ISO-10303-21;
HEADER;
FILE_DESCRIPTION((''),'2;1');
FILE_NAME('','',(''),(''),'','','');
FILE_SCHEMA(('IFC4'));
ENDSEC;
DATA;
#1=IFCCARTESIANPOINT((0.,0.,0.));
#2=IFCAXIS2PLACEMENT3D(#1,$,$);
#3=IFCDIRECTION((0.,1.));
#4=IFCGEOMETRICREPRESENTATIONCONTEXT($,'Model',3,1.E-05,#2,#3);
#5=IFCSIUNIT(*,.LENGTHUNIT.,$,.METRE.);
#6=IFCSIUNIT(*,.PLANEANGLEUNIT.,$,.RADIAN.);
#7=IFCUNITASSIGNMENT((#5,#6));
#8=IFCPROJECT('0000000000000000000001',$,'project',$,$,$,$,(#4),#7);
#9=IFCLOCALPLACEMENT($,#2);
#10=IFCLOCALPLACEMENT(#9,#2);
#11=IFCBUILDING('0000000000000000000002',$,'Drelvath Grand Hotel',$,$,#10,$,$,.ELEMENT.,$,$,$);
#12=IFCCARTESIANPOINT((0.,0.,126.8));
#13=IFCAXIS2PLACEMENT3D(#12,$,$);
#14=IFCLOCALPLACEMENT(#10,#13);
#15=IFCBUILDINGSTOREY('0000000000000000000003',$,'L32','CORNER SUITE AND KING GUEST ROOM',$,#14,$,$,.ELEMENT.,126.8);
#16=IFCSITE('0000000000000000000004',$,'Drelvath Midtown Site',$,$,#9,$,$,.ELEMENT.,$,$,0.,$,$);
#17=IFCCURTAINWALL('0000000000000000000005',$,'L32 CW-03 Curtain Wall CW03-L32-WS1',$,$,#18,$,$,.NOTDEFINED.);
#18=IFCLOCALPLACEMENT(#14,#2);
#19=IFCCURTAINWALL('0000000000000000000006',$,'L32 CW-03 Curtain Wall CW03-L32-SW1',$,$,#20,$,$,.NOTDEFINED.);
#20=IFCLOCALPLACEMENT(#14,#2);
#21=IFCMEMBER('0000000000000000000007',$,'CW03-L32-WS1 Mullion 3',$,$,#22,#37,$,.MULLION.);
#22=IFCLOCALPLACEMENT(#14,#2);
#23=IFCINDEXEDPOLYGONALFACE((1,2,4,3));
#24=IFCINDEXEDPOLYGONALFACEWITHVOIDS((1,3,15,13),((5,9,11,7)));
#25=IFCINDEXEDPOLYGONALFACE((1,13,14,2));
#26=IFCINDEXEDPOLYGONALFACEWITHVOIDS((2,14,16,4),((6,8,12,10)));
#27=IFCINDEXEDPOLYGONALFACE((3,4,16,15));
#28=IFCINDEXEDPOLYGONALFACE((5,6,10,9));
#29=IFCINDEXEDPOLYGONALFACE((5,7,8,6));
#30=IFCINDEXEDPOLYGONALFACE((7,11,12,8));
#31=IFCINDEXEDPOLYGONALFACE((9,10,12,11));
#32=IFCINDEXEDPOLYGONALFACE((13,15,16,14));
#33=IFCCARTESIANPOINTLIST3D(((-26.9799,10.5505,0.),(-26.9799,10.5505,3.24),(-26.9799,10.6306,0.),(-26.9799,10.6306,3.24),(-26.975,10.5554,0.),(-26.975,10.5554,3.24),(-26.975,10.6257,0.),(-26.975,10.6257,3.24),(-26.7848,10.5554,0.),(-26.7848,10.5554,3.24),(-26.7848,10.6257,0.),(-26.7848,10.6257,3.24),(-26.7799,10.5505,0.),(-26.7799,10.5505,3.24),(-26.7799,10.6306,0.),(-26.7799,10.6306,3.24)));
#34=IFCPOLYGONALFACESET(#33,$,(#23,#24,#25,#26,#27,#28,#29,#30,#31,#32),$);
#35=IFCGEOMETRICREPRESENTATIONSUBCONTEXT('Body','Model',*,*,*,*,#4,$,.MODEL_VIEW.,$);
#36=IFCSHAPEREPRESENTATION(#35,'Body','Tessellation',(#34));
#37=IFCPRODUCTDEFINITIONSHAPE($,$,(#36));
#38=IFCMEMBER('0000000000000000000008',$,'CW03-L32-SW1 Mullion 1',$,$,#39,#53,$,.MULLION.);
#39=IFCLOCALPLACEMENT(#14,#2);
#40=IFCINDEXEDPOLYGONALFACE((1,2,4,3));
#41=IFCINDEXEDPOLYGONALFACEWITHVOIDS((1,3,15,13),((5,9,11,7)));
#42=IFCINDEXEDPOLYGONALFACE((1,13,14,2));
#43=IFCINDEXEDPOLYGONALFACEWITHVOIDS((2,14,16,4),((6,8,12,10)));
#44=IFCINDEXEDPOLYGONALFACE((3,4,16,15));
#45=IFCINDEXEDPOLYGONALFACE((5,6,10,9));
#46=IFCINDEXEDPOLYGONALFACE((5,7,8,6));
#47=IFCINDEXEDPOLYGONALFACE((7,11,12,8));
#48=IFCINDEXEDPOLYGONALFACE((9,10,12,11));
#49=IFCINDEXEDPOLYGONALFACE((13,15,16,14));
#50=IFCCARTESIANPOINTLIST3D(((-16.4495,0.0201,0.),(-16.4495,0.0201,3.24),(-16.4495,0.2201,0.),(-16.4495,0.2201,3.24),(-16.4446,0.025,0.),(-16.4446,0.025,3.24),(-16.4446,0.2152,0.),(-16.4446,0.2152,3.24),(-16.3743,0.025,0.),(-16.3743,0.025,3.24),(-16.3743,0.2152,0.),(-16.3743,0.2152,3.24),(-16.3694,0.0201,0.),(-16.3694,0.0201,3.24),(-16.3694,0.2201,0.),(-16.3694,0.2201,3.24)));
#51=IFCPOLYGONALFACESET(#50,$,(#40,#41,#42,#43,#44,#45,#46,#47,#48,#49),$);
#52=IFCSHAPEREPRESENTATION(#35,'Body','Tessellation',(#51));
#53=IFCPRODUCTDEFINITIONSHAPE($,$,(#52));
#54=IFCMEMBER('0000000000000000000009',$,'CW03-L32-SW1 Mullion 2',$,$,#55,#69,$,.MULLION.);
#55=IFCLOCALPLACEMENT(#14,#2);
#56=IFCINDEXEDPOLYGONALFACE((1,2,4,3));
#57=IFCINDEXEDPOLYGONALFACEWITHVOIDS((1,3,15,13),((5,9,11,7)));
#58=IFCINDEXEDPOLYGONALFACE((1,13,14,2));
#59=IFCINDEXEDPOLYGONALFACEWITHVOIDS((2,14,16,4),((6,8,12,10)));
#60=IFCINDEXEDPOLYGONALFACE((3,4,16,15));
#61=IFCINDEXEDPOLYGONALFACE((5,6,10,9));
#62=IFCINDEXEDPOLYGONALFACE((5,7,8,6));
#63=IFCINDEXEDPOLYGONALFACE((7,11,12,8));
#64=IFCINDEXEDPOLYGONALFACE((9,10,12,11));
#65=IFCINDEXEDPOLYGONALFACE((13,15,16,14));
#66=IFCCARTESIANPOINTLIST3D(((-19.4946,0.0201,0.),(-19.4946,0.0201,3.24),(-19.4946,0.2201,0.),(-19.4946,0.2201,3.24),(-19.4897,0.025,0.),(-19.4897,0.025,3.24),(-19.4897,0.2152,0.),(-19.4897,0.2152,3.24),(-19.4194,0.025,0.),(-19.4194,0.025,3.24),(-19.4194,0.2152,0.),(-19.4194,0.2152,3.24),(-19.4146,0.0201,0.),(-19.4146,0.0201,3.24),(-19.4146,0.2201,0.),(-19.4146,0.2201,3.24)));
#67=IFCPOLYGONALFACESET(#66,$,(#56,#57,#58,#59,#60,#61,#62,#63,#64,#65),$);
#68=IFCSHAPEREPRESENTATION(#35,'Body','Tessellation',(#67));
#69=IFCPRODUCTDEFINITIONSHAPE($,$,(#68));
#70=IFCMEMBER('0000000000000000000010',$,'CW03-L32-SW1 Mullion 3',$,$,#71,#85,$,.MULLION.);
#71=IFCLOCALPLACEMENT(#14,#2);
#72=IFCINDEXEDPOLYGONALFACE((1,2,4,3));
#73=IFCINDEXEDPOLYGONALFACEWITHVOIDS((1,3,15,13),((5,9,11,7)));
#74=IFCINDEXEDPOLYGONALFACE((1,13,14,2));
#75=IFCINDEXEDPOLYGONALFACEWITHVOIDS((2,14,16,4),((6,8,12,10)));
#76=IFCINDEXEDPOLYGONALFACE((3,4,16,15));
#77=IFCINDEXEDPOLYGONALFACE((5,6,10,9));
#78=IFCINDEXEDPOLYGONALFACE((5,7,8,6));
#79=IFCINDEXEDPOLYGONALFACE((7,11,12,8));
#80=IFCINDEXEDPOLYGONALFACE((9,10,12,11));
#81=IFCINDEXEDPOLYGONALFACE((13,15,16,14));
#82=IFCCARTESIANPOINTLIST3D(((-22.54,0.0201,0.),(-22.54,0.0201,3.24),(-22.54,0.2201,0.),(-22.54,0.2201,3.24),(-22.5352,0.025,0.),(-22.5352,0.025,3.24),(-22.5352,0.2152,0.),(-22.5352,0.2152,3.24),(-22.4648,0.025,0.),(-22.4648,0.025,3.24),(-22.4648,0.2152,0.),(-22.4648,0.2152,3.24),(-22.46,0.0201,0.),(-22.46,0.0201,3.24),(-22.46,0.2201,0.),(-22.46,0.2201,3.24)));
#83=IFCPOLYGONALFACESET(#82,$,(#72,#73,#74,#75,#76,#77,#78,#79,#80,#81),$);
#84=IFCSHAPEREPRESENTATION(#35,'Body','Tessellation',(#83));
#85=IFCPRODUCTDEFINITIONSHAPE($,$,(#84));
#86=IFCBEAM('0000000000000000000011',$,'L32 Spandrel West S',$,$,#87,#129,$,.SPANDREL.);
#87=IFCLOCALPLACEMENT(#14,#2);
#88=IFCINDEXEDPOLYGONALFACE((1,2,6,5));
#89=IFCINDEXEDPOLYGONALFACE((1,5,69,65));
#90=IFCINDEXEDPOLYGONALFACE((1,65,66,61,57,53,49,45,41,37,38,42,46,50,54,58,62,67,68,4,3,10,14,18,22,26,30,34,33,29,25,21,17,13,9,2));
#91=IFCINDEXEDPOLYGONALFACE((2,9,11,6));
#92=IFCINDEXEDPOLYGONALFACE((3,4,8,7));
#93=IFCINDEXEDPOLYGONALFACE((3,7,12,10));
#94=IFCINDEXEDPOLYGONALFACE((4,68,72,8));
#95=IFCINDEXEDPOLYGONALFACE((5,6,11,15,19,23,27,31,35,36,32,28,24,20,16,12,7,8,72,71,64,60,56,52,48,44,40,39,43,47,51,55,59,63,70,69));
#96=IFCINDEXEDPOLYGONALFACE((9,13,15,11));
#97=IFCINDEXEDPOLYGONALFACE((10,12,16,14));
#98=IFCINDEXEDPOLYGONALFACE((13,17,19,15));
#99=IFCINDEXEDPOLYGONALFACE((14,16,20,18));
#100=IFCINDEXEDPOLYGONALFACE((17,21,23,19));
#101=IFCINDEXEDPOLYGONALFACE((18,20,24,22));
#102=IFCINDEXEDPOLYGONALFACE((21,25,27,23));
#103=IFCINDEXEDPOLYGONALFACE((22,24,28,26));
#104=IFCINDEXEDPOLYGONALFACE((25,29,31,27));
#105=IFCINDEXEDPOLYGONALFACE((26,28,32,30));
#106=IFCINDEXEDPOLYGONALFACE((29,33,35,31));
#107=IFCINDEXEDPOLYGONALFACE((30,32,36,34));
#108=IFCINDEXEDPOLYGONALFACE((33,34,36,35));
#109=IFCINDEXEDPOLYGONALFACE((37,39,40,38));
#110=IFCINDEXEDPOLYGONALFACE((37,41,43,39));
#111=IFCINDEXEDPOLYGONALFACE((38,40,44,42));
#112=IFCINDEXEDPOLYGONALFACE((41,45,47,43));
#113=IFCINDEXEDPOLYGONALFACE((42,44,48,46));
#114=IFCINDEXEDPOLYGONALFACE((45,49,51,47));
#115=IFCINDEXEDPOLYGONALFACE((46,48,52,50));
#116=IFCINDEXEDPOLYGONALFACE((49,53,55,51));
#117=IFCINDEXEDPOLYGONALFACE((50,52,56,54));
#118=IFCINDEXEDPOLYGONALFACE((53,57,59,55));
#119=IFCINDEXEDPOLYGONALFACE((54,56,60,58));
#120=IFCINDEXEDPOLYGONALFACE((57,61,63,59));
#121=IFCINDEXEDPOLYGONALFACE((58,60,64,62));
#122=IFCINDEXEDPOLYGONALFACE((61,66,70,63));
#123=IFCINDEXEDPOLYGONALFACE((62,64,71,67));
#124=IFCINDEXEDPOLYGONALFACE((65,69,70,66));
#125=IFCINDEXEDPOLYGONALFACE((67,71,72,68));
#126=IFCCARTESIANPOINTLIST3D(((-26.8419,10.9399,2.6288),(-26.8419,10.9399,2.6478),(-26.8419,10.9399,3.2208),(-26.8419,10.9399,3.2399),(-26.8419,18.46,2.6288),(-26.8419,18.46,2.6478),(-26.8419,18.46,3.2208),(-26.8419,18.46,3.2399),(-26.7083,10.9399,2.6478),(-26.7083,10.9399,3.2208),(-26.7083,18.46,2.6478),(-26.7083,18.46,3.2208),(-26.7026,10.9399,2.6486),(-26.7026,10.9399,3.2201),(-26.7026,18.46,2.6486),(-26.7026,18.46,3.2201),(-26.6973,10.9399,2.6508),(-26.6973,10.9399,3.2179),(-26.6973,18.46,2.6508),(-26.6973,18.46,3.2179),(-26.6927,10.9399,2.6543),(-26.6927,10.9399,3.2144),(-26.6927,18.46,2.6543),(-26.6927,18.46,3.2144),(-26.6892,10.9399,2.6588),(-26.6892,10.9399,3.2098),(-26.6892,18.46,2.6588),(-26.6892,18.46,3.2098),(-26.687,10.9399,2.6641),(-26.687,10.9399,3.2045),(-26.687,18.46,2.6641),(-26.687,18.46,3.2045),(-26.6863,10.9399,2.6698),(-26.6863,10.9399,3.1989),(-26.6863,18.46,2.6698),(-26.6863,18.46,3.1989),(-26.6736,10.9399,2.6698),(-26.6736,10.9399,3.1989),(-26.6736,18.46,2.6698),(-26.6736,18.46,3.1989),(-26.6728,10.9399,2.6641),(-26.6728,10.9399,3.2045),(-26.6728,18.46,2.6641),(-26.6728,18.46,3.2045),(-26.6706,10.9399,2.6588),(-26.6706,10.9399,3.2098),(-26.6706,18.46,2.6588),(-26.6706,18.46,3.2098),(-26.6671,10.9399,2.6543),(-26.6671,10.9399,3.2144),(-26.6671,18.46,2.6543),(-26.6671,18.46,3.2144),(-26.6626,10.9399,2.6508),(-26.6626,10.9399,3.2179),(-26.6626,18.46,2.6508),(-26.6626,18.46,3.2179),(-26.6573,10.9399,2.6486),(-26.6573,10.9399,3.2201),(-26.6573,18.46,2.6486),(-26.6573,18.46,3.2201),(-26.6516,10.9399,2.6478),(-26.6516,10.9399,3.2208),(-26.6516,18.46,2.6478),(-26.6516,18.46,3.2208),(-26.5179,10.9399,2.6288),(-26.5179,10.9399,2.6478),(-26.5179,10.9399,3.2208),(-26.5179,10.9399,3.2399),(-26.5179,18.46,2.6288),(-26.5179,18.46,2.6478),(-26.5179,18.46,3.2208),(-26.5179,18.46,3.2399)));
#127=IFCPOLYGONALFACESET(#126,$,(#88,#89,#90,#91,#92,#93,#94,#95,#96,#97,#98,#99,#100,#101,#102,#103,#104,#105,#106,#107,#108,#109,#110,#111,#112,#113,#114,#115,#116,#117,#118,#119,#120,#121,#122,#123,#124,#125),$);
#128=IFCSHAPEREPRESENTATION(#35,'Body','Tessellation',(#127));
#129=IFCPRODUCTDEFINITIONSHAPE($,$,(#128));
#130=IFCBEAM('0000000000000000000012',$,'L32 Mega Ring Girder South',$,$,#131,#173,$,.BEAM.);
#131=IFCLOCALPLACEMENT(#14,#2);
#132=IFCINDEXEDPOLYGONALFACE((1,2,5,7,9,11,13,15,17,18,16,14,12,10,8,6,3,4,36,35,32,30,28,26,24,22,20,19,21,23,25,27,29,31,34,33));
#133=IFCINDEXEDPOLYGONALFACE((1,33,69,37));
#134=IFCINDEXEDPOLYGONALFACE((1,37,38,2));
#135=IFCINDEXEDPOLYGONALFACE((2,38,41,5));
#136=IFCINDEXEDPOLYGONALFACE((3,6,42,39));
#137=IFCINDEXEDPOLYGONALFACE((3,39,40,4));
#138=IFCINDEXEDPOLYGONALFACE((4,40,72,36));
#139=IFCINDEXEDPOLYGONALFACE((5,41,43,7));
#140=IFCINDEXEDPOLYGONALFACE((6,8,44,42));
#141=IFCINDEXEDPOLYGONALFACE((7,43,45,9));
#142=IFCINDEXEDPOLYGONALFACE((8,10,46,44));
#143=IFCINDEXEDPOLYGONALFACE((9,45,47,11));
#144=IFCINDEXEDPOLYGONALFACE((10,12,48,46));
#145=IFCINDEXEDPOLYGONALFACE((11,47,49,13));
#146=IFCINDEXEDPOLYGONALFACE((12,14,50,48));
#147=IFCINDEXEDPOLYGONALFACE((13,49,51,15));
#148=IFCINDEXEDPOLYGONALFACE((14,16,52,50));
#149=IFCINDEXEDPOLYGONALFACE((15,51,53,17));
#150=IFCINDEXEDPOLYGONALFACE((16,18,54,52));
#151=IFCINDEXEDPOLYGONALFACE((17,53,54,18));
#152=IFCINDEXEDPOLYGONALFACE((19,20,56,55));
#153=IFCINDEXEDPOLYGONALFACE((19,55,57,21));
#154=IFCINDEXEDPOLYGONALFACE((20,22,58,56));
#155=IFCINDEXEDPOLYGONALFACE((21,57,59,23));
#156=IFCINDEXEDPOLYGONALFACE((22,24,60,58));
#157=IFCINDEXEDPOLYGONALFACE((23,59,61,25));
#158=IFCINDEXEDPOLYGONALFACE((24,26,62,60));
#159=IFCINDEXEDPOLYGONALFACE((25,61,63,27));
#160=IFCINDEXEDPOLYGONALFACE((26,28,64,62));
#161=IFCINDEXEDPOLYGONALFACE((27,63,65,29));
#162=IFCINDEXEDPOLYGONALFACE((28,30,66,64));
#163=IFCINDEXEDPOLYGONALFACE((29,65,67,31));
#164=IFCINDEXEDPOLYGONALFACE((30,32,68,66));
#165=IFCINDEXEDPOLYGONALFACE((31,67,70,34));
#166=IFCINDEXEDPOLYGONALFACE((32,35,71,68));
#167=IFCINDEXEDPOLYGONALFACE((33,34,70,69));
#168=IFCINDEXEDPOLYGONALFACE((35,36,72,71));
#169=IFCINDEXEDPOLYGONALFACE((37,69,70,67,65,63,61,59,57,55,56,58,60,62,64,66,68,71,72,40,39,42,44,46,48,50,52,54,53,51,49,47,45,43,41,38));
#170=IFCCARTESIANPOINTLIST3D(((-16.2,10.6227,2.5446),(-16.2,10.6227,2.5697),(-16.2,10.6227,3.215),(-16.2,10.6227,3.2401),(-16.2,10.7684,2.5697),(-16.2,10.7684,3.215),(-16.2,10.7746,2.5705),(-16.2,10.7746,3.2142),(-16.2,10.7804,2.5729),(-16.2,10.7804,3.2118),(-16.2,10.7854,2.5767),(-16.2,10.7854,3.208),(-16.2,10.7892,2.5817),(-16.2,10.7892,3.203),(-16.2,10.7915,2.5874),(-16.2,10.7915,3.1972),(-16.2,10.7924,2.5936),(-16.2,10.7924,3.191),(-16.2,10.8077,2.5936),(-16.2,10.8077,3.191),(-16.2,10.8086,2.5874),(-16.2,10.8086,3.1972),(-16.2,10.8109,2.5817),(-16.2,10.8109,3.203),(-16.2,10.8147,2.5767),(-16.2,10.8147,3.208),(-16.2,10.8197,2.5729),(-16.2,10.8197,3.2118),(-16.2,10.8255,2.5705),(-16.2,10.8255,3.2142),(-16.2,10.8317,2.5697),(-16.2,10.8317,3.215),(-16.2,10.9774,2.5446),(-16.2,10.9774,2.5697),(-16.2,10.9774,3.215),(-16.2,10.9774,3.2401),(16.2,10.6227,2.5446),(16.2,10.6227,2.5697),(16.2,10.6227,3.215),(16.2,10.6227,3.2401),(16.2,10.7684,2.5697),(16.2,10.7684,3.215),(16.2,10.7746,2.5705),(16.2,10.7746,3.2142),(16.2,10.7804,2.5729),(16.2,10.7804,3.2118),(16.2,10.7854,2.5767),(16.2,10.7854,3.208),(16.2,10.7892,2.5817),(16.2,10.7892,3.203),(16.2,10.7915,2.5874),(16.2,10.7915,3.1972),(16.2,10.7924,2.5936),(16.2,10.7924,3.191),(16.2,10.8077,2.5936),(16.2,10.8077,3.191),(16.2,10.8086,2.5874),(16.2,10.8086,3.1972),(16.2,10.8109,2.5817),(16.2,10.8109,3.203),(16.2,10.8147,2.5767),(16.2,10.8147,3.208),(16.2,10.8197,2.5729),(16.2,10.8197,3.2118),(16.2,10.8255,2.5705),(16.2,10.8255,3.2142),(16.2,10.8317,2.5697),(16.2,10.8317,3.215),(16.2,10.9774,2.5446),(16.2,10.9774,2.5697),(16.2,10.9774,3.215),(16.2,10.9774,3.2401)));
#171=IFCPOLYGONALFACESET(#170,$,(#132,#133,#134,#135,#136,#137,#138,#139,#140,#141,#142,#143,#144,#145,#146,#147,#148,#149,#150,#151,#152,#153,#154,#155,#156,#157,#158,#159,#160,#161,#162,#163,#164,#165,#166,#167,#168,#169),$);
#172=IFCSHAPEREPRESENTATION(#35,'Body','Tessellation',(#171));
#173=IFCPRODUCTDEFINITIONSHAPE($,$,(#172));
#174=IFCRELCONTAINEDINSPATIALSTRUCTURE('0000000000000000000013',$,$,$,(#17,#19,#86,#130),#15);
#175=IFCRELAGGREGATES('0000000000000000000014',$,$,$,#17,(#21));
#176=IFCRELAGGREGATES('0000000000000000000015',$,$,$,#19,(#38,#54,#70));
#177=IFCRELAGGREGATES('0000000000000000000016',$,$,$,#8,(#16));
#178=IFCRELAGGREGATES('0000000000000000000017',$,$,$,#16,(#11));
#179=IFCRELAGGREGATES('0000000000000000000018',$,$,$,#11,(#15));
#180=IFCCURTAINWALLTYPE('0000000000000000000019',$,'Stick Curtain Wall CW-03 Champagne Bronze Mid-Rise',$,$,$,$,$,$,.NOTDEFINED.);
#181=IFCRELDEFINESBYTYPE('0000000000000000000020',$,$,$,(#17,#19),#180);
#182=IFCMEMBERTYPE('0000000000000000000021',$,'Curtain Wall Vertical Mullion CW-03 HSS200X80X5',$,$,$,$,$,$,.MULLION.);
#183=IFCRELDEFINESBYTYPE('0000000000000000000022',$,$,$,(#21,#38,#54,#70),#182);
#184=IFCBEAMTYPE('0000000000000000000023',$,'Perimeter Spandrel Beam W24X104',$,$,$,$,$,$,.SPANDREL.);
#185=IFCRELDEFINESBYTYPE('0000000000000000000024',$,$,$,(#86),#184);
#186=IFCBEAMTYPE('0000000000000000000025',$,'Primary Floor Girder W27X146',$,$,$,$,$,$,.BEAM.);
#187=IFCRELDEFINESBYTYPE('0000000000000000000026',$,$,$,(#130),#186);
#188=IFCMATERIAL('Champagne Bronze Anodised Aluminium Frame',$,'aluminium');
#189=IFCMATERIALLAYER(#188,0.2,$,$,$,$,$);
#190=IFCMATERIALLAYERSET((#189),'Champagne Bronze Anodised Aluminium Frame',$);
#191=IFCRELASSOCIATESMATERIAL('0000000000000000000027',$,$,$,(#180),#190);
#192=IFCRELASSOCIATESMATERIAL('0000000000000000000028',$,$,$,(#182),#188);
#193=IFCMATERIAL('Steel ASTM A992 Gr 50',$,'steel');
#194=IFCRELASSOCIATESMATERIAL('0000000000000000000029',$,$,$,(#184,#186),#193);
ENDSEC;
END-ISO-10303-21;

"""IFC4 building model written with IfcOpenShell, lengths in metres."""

from ifc_helpers import new_model, si_unit, direction, frame, origin, origin_2d, place, context, subcontext, project, spatial, hollow_rectangle, i_section, extrude, material, layer, layer_set, material_profile, profile_set, type_object, element, aggregate, save


model = new_model("IFC4")

# Units and contexts
model_context = context("Model", 3, precision=1e-05, world=origin(), true_north=direction((0.0, 1.0)))
body_context = subcontext(model_context, "Body", "Model", "MODEL_VIEW")
ifc_project = project(units=[si_unit("LENGTHUNIT", "METRE"), si_unit("PLANEANGLEUNIT", "RADIAN")], contexts=[model_context])

# Site, building, storey
site_placement = place(None, origin())
site = spatial("IfcSite", under=ifc_project, at=site_placement, Name="Drelvath Midtown Site", CompositionType="ELEMENT", RefElevation=0.0)
building_placement = place(site_placement, origin())
building = spatial("IfcBuilding", under=site, at=building_placement, Name="Drelvath Grand Hotel", CompositionType="ELEMENT")
storey_placement = place(building_placement, frame((0.0, 0.0, 126.8)))
storey = spatial("IfcBuildingStorey", under=building, at=storey_placement, Name="L32", Description="CORNER SUITE AND KING GUEST ROOM", CompositionType="ELEMENT", Elevation=126.8)

# Curtain walls
ifc_material_1 = material(Name="Champagne Bronze Anodised Aluminium Frame", Category="aluminium")
ifc_layer_1 = layer(ifc_material_1, 0.2)
ifc_layer_set_1 = layer_set([ifc_layer_1], Name="Champagne Bronze Anodised Aluminium Frame")
curtain_wall_type = type_object("IfcCurtainWallType", Name="Stick Curtain Wall CW-03 Champagne Bronze Mid-Rise", PredefinedType="NOTDEFINED", material=ifc_layer_set_1)
curtain_wall_1_placement = place(storey_placement, origin())
curtain_wall_1 = element("IfcCurtainWall", 1, at=curtain_wall_1_placement, inside=storey, type_object=curtain_wall_type, Name="L32 CW-03 Curtain Wall CW03-L32-WS1", PredefinedType="NOTDEFINED")
curtain_wall_2_placement = place(storey_placement, origin())
curtain_wall_2 = element("IfcCurtainWall", 2, at=curtain_wall_2_placement, inside=storey, type_object=curtain_wall_type, Name="L32 CW-03 Curtain Wall CW03-L32-SW1", PredefinedType="NOTDEFINED")

# Members
ifc_material_profile_1 = material_profile(ifc_material_1, hollow_rectangle(XDim=0.0801, YDim=0.2, WallThickness=0.0049, at=origin_2d()), Name="HSS200X80X5")
ifc_profile_set_1 = profile_set([ifc_material_profile_1], Name="Champagne Bronze Anodised Aluminium Frame")
member_type_1 = type_object("IfcMemberType", Name="Curtain Wall Vertical Mullion CW-03 HSS200X80X5", PredefinedType="MULLION", material=ifc_profile_set_1)
member_1_placement = place(storey_placement, frame((-26.8799, 10.5906, 0.0), z_axis=(0.0, 0.0, 1.0), x_axis=(0.0, 1.0, 0.0)))
member_1 = element("IfcMember", 3, at=member_1_placement, type_object=member_type_1, Name="CW03-L32-WS1 Mullion 3", PredefinedType="MULLION", context=body_context, shape_type="SweptSolid", body=[
    extrude(hollow_rectangle(XDim=0.0801, YDim=0.2, WallThickness=0.0049, at=origin_2d()), origin(), (0.0, 0.0, 1.0), 3.24),
])
member_2_placement = place(storey_placement, frame((-16.4094, 0.1201, 0.0), z_axis=(0.0, 0.0, 1.0), x_axis=(1.0, 0.0, 0.0)))
member_2 = element("IfcMember", 4, at=member_2_placement, type_object=member_type_1, Name="CW03-L32-SW1 Mullion 1", PredefinedType="MULLION", context=body_context, shape_type="SweptSolid", body=[
    extrude(hollow_rectangle(XDim=0.0801, YDim=0.2, WallThickness=0.0049, at=origin_2d()), origin(), (0.0, 0.0, 1.0), 3.24),
])
member_3_placement = place(storey_placement, frame((-19.4546, 0.1201, 0.0), z_axis=(0.0, 0.0, 1.0), x_axis=(1.0, 0.0, 0.0)))
member_3 = element("IfcMember", 5, at=member_3_placement, type_object=member_type_1, Name="CW03-L32-SW1 Mullion 2", PredefinedType="MULLION", context=body_context, shape_type="SweptSolid", body=[
    extrude(hollow_rectangle(XDim=0.0801, YDim=0.2, WallThickness=0.0049, at=origin_2d()), origin(), (0.0, 0.0, 1.0), 3.24),
])
member_4_placement = place(storey_placement, frame((-22.5, 0.1201, 0.0), z_axis=(0.0, 0.0, 1.0), x_axis=(1.0, 0.0, 0.0)))
member_4 = element("IfcMember", 6, at=member_4_placement, type_object=member_type_1, Name="CW03-L32-SW1 Mullion 3", PredefinedType="MULLION", context=body_context, shape_type="SweptSolid", body=[
    extrude(hollow_rectangle(XDim=0.0801, YDim=0.2, WallThickness=0.0049, at=origin_2d()), origin(), (0.0, 0.0, 1.0), 3.24),
])

# Beams
ifc_material_2 = material(Name="Steel ASTM A992 Gr 50", Category="steel")
ifc_material_profile_2 = material_profile(ifc_material_2, i_section(OverallWidth=0.324, OverallDepth=0.6111, WebThickness=0.0127, FlangeThickness=0.019, FilletRadius=0.022, at=origin_2d()), Name="W24X104")
ifc_profile_set_2 = profile_set([ifc_material_profile_2], Name="Steel ASTM A992 Gr 50")
beam_type_1 = type_object("IfcBeamType", Name="Perimeter Spandrel Beam W24X104", PredefinedType="SPANDREL", material=ifc_profile_set_2)
beam_placement = place(storey_placement, frame((-26.6799, 10.9399, 2.9343), z_axis=(0.0, 1.0, 0.0), x_axis=(-1.0, 0.0, 0.0)))
element("IfcBeam", 7, at=beam_placement, inside=storey, type_object=beam_type_1, Name="L32 Spandrel West S", PredefinedType="SPANDREL", context=body_context, shape_type="SweptSolid", body=[
    extrude(i_section(OverallWidth=0.324, OverallDepth=0.6111, WebThickness=0.0127, FlangeThickness=0.019, FilletRadius=0.022, at=origin_2d()), origin(), (0.0, 0.0, 1.0), 7.52),
])
ifc_material_profile_3 = material_profile(ifc_material_2, i_section(OverallWidth=0.3547, OverallDepth=0.6956, WebThickness=0.0154, FlangeThickness=0.0251, FilletRadius=0.0239, at=origin_2d()), Name="W27X146")
ifc_profile_set_3 = profile_set([ifc_material_profile_3], Name="Steel ASTM A992 Gr 50")
beam_type_2 = type_object("IfcBeamType", Name="Primary Floor Girder W27X146", PredefinedType="BEAM", material=ifc_profile_set_3)
for number, where, z_axis, x_axis, name in (
    (8, (-16.2, 10.8, 2.8923), (1.0, 0.0, 0.0), (0.0, 1.0, 0.0), "L32 Mega Ring Girder South"),
):
    element("IfcBeam", number, at=place(storey_placement, frame(where, z_axis=z_axis, x_axis=x_axis)), inside=storey, type_object=beam_type_2, Name=name, PredefinedType="BEAM", context=body_context, shape_type="SweptSolid", body=[
        extrude(i_section(OverallWidth=0.3547, OverallDepth=0.6956, WebThickness=0.0154, FlangeThickness=0.0251, FilletRadius=0.0239, at=origin_2d()), origin(), (0.0, 0.0, 1.0), 32.3999),
    ])

aggregate(curtain_wall_1, [member_1])
aggregate(curtain_wall_2, [member_2, member_3, member_4])

save(model, "model.ifc")
